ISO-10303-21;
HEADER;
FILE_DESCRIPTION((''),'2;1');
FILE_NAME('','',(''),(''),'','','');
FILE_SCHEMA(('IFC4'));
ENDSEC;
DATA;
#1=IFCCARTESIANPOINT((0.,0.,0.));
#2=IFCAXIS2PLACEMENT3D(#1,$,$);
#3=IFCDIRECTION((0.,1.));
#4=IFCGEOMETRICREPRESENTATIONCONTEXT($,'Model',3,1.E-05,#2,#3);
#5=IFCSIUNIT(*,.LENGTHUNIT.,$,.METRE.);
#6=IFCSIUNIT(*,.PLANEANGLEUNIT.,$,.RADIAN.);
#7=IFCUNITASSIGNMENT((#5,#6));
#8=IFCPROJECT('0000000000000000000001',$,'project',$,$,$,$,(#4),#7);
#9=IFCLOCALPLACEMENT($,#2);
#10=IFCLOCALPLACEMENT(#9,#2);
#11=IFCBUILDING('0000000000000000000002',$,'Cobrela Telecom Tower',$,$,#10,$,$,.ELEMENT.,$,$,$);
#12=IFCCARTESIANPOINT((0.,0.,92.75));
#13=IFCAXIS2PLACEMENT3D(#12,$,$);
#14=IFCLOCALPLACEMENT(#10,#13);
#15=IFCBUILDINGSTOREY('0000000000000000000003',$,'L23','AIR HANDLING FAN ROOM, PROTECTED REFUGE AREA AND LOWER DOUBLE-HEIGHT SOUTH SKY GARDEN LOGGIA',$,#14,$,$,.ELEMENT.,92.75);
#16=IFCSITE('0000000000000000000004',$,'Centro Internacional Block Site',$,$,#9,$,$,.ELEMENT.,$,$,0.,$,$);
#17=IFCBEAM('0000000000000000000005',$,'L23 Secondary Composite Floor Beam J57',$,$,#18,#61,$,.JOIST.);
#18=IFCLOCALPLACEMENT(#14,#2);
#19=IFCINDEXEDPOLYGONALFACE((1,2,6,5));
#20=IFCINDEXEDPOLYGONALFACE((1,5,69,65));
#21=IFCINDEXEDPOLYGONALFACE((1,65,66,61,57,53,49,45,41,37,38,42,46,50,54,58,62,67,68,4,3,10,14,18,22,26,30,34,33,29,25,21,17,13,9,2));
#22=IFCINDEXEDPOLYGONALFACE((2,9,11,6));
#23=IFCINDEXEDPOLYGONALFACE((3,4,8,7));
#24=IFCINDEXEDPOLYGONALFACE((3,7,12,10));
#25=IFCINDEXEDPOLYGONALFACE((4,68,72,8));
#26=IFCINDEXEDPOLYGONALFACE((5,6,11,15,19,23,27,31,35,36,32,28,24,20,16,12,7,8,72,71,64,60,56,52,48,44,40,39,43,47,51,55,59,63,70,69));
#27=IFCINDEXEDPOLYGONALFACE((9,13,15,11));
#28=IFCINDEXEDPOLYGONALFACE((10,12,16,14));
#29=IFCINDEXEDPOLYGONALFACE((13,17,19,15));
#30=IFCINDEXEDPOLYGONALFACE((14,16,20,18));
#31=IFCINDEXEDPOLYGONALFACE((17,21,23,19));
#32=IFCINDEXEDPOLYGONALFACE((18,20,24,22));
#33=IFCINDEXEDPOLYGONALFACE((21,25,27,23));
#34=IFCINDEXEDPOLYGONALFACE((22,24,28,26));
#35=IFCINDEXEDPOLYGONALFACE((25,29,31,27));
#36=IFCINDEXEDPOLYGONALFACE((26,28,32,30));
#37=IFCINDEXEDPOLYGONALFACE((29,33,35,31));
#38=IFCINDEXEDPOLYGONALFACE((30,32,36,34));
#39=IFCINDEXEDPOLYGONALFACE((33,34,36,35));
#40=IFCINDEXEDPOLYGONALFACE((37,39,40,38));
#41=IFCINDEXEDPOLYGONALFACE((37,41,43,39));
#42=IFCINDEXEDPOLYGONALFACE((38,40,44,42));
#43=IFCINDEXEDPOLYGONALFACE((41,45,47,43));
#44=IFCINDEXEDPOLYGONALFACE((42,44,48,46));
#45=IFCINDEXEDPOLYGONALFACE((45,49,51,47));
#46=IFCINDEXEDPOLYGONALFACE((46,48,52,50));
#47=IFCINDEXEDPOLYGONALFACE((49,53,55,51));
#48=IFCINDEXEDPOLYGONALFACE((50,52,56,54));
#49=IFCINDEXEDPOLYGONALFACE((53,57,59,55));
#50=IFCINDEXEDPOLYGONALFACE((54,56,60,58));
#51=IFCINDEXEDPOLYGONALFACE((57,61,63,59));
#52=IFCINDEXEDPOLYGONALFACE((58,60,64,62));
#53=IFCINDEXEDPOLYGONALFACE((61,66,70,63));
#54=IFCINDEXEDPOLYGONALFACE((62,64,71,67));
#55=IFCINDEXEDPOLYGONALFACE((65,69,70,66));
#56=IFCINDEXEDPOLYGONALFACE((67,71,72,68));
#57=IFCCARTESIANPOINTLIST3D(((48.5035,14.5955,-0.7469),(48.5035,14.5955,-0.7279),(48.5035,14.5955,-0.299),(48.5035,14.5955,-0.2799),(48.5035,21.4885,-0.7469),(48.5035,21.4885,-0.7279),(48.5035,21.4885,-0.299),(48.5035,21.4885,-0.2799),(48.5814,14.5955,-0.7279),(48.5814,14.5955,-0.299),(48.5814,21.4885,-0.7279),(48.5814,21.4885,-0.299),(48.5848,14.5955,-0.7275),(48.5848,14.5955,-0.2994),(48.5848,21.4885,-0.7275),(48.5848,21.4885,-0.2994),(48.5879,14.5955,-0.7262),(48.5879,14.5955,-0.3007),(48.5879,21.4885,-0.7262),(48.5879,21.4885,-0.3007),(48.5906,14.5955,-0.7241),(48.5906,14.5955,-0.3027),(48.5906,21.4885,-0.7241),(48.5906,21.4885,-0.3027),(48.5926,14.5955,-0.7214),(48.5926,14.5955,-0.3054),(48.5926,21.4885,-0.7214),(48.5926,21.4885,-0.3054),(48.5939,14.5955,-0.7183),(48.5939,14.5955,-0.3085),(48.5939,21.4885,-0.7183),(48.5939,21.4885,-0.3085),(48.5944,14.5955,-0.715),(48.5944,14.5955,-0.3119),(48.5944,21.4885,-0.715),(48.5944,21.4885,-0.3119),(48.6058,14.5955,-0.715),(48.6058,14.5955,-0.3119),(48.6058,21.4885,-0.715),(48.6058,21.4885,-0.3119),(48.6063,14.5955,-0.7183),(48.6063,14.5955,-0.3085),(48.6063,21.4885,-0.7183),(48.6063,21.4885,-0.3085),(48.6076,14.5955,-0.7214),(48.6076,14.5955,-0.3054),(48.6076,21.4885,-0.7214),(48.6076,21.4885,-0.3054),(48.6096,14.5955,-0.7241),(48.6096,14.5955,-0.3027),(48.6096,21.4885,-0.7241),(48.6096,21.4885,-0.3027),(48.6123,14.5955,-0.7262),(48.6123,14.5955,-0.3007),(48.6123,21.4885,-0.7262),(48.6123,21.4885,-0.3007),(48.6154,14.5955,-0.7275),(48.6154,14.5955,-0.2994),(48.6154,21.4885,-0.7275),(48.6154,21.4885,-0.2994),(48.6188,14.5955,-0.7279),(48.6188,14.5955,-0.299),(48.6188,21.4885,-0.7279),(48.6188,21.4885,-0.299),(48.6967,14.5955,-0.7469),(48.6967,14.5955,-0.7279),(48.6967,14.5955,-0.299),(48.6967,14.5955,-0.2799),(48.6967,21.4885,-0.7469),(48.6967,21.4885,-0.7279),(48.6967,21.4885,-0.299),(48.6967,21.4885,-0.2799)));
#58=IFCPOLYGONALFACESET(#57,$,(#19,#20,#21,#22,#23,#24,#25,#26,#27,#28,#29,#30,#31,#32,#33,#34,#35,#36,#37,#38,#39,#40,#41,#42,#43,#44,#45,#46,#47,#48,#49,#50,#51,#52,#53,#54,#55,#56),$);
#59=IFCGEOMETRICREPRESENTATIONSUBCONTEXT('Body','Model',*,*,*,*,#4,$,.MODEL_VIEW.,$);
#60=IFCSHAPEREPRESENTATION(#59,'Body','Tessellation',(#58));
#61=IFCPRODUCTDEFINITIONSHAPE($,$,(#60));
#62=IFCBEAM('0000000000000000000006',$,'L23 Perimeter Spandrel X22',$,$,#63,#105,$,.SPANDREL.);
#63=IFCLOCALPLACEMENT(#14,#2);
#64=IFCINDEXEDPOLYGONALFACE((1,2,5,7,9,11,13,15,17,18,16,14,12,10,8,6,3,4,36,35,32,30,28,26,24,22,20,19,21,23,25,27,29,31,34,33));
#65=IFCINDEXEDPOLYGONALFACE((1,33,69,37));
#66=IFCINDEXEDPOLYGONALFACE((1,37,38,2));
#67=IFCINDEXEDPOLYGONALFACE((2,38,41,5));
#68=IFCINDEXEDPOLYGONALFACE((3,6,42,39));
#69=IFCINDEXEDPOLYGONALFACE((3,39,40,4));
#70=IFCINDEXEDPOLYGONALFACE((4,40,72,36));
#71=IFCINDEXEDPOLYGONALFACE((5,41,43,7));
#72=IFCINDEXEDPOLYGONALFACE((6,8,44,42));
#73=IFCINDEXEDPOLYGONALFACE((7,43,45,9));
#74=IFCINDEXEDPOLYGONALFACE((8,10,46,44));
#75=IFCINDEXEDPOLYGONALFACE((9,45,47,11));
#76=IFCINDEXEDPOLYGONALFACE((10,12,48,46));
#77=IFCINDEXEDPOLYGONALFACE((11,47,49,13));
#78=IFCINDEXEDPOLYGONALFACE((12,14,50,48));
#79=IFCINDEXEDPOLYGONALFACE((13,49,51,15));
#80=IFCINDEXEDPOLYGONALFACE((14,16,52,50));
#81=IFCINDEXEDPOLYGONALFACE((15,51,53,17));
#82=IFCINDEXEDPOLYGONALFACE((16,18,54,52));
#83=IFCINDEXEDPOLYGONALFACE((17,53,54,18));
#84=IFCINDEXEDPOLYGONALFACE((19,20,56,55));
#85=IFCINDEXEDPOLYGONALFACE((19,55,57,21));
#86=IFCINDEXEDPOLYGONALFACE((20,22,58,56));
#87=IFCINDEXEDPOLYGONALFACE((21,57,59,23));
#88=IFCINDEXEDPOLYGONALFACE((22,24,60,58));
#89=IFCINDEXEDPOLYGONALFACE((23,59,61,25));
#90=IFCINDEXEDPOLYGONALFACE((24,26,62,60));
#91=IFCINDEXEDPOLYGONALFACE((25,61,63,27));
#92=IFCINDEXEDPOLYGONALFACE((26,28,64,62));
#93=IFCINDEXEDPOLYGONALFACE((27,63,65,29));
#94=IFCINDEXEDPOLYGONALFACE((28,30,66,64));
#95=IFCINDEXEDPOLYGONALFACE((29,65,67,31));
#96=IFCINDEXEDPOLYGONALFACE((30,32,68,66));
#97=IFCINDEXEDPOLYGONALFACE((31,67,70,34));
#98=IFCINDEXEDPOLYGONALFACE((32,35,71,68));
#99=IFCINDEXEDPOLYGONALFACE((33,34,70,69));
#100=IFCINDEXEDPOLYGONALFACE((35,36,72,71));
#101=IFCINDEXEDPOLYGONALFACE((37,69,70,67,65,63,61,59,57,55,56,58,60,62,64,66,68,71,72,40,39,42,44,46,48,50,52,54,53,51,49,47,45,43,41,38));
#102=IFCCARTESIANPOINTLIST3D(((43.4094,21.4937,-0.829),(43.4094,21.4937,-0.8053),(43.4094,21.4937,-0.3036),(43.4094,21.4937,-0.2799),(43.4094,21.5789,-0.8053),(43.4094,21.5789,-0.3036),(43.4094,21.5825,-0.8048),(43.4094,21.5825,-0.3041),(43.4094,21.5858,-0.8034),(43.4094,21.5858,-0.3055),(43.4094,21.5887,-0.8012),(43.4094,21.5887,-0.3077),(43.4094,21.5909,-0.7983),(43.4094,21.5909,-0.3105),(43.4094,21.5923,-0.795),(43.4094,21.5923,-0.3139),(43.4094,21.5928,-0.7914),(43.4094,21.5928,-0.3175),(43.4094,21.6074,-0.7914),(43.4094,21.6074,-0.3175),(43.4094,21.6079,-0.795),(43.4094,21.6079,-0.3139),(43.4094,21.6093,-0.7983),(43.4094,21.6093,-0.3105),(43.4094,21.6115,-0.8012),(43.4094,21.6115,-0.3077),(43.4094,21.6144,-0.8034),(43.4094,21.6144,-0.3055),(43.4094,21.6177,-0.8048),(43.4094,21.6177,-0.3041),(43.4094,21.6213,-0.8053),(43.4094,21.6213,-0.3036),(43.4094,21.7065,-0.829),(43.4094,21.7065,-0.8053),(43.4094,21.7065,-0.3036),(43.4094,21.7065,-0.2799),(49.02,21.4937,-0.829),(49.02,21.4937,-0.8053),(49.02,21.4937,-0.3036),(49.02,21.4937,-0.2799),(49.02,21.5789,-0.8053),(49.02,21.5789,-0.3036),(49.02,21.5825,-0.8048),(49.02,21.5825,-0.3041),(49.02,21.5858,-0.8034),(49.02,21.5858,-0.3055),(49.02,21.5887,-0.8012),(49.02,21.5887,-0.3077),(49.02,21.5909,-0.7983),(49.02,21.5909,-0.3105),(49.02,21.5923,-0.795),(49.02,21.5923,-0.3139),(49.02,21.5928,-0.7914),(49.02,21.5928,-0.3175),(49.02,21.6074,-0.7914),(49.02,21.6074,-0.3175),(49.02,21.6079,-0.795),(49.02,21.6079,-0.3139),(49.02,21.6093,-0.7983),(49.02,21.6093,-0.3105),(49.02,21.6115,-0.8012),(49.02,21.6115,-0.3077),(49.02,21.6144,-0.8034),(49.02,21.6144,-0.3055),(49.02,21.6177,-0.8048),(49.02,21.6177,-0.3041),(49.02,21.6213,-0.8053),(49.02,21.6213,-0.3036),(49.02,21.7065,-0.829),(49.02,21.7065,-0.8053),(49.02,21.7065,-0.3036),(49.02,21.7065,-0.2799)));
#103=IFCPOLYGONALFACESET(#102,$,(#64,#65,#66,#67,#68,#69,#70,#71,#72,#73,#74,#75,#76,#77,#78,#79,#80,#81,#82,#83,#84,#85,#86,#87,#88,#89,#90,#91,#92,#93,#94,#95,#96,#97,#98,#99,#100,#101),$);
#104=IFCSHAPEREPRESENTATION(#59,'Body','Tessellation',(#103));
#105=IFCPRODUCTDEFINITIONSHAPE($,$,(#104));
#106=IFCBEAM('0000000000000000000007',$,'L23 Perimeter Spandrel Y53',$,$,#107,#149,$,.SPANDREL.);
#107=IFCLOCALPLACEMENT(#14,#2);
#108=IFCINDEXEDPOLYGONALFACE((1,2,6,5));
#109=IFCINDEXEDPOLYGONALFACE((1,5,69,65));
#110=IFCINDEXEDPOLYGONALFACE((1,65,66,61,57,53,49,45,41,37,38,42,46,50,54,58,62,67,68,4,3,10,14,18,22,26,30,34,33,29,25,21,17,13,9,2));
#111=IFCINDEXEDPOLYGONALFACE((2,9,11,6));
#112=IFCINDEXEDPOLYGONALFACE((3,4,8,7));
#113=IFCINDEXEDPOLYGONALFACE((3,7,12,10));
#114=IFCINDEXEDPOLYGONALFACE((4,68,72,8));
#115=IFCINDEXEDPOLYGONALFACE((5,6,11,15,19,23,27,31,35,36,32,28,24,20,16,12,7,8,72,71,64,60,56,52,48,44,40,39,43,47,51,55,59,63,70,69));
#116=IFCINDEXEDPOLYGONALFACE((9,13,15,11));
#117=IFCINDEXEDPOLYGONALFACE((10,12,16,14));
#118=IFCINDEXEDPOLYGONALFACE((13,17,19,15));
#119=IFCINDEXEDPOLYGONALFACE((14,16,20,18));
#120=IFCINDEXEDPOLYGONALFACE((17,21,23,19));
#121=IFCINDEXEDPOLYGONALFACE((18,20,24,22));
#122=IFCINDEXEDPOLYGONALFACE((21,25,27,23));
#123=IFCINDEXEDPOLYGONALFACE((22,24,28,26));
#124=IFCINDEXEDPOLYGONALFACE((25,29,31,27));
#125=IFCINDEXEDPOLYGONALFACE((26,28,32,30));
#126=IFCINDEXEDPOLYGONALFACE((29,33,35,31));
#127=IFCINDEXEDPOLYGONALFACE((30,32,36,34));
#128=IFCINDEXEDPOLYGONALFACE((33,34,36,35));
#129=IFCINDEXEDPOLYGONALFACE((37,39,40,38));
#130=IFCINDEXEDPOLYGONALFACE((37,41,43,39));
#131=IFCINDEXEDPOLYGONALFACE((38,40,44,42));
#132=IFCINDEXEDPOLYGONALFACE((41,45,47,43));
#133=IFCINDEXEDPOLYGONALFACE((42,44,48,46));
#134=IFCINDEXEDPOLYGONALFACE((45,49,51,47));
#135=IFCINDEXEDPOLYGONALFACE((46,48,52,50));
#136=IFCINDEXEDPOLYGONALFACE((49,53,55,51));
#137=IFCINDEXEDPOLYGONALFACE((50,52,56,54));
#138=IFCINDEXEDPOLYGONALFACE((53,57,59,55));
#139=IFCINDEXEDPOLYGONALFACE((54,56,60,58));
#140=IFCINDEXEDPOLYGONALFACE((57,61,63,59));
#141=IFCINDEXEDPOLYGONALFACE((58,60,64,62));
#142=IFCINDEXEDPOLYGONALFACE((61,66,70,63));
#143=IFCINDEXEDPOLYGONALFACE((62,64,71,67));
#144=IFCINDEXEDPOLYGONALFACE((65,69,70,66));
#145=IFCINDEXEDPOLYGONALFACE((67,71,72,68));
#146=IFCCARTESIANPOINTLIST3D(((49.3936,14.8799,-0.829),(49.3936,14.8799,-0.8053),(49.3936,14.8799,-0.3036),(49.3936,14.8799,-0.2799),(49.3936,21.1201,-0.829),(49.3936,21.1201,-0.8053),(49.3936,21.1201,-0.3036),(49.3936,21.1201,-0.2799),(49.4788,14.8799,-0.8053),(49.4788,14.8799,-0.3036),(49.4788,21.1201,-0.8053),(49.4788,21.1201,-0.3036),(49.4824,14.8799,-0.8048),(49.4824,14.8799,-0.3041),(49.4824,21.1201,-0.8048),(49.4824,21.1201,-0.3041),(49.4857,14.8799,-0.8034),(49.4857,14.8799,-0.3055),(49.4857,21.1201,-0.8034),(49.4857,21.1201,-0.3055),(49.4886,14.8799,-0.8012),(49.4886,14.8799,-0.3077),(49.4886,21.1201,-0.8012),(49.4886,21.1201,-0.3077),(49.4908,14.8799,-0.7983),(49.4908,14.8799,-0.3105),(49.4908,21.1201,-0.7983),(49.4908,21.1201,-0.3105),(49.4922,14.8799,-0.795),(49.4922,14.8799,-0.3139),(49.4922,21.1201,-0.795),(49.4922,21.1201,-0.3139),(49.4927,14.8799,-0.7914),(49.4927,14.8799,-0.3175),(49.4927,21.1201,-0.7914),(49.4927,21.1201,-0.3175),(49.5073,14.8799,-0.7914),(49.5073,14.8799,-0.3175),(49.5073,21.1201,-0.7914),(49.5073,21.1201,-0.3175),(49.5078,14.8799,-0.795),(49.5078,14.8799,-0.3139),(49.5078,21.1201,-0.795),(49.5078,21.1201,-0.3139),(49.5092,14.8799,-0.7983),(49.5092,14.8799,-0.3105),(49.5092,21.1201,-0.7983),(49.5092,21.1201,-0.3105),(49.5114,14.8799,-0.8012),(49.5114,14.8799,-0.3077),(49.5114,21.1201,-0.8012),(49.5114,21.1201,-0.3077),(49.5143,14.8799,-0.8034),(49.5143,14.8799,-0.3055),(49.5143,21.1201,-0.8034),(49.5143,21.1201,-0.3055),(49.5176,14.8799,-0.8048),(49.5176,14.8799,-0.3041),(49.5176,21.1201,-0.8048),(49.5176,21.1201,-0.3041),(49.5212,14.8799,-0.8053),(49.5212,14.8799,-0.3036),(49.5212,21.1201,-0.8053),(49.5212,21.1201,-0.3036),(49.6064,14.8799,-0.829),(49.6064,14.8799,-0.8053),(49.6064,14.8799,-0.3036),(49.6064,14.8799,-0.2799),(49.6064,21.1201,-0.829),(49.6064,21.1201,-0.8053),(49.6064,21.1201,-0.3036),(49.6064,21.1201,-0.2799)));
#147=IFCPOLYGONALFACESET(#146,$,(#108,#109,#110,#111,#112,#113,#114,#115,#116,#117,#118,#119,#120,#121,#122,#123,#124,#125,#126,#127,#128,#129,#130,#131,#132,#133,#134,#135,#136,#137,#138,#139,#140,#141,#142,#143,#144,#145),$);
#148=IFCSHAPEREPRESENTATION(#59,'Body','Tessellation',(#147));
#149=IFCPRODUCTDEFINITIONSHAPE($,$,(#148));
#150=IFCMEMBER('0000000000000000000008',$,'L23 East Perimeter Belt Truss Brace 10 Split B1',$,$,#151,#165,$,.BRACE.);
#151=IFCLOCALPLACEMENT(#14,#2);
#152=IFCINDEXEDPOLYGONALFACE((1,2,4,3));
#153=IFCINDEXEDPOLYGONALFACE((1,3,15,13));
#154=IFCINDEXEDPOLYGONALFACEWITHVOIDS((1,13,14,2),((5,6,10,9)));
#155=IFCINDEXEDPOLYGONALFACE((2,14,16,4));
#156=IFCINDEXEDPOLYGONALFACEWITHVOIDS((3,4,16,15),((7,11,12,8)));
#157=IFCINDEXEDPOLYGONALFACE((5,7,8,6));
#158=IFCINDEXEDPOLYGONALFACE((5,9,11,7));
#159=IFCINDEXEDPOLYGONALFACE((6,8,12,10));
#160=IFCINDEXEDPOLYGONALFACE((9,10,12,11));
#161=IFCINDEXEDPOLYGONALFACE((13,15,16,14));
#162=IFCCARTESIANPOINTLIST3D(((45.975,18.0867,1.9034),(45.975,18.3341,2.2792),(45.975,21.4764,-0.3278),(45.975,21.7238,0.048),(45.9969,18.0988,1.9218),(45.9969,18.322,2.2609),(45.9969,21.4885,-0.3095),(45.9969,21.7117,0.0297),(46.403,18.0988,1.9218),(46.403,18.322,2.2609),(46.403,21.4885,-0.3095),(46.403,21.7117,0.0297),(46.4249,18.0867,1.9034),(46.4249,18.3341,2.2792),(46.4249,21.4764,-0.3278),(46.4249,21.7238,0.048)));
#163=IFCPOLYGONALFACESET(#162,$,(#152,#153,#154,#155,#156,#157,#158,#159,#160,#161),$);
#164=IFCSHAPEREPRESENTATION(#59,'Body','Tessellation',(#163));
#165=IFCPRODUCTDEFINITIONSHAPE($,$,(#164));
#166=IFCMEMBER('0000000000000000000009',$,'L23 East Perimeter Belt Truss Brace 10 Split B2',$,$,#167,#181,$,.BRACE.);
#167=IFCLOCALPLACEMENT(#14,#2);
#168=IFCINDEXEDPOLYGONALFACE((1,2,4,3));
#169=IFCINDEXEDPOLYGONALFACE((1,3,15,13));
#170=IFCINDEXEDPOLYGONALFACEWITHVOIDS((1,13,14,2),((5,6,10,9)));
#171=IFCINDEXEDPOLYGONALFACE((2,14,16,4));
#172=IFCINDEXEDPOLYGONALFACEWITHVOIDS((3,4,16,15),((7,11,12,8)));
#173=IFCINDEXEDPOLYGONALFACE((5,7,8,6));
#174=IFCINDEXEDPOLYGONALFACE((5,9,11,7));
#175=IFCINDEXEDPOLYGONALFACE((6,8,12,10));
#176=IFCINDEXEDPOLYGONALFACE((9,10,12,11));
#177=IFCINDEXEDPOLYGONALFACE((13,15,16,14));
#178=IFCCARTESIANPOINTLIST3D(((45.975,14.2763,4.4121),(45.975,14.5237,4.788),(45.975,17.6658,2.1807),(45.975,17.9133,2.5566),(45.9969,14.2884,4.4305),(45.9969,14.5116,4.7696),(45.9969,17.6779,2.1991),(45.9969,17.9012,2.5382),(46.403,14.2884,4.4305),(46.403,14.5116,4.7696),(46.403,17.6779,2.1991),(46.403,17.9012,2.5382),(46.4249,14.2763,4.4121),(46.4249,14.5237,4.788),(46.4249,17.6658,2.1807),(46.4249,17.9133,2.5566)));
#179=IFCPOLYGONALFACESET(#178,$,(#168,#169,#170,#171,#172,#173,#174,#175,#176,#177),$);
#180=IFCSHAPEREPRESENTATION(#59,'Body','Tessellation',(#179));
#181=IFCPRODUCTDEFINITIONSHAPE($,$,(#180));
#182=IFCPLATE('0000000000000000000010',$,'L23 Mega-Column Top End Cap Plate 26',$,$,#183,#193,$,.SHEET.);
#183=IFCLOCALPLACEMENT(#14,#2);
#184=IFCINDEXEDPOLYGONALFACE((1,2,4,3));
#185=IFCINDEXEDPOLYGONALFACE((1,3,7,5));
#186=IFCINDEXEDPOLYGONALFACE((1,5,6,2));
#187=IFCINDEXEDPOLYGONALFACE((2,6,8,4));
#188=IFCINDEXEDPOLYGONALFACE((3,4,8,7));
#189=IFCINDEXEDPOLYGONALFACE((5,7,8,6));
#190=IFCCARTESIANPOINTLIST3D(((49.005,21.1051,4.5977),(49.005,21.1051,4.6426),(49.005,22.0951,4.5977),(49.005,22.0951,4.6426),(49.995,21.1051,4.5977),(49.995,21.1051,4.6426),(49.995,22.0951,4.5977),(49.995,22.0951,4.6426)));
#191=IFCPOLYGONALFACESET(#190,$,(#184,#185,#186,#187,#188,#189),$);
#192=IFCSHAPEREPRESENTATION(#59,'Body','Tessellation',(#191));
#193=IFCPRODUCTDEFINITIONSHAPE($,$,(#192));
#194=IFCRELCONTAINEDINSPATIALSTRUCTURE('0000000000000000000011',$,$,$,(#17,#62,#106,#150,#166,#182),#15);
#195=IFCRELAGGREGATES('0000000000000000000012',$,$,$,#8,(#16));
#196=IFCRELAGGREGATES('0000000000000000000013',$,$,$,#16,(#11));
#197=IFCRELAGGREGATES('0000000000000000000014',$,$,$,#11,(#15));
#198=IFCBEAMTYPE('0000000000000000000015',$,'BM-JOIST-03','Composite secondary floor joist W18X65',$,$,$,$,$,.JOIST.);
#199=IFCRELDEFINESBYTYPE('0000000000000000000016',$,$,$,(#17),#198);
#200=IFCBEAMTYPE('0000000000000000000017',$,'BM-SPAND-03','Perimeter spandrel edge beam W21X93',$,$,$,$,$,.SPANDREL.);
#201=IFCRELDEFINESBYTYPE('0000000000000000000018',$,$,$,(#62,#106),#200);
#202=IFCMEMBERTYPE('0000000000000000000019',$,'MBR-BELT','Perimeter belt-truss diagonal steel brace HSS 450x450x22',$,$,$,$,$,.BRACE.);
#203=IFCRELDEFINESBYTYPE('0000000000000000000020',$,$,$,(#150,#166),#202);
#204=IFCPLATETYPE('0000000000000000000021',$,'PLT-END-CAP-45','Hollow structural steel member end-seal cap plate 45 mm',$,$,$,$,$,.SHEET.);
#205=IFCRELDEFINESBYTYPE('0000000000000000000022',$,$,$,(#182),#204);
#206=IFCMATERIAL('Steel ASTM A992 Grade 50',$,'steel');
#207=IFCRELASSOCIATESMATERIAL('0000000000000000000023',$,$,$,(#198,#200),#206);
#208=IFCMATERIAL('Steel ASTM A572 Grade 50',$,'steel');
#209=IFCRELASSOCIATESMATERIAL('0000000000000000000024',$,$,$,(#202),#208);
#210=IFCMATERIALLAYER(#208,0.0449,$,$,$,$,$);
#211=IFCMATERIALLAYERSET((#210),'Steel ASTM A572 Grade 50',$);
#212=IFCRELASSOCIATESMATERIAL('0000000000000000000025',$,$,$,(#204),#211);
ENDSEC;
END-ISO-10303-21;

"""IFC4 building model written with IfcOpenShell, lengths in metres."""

from ifc_helpers import new_model, si_unit, direction, frame, origin, origin_2d, place, context, subcontext, project, spatial, rectangle, hollow_rectangle, i_section, extrude, material, layer, layer_set, material_profile, profile_set, type_object, element, save


model = new_model("IFC4")

# Units and contexts
model_context = context("Model", 3, precision=1e-05, world=origin(), true_north=direction((0.0, 1.0)))
body_context = subcontext(model_context, "Body", "Model", "MODEL_VIEW")
ifc_project = project(units=[si_unit("LENGTHUNIT", "METRE"), si_unit("PLANEANGLEUNIT", "RADIAN")], contexts=[model_context])

# Site, building, storey
site_placement = place(None, origin())
site = spatial("IfcSite", under=ifc_project, at=site_placement, Name="Centro Internacional Block Site", CompositionType="ELEMENT", RefElevation=0.0)
building_placement = place(site_placement, origin())
building = spatial("IfcBuilding", under=site, at=building_placement, Name="Cobrela Telecom Tower", CompositionType="ELEMENT")
storey_placement = place(building_placement, frame((0.0, 0.0, 92.75)))
storey = spatial("IfcBuildingStorey", under=building, at=storey_placement, Name="L23", Description="AIR HANDLING FAN ROOM, PROTECTED REFUGE AREA AND LOWER DOUBLE-HEIGHT SOUTH SKY GARDEN LOGGIA", CompositionType="ELEMENT", Elevation=92.75)

# Shared definitions
ifc_material_1 = material(Name="Steel ASTM A992 Grade 50", Category="steel")
ifc_material_2 = material(Name="Steel ASTM A572 Grade 50", Category="steel")

# Beams
ifc_material_profile_1 = material_profile(ifc_material_1, i_section(OverallWidth=0.1931, OverallDepth=0.467, WebThickness=0.0115, FlangeThickness=0.019, FilletRadius=0.0129, at=origin_2d()), Name="W18X65")
ifc_profile_set_1 = profile_set([ifc_material_profile_1], Name="Steel ASTM A992 Grade 50")
beam_type_1 = type_object("IfcBeamType", Name="BM-JOIST-03", Description="Composite secondary floor joist W18X65", PredefinedType="JOIST", material=ifc_profile_set_1)
for number, where, z_axis, x_axis, name in (
    (1, (48.6001, 14.5955, -0.5134), (0.0, 1.0, 0.0), (-1.0, 0.0, 0.0), "L23 Secondary Composite Floor Beam J57"),
):
    element("IfcBeam", number, at=place(storey_placement, frame(where, z_axis=z_axis, x_axis=x_axis)), inside=storey, type_object=beam_type_1, Name=name, PredefinedType="JOIST", context=body_context, shape_type="SweptSolid", body=[
        extrude(i_section(OverallWidth=0.1931, OverallDepth=0.467, WebThickness=0.0115, FlangeThickness=0.019, FilletRadius=0.0129, at=origin_2d()), origin(), (0.0, 0.0, 1.0), 6.8931),
    ])
ifc_material_profile_2 = material_profile(ifc_material_1, i_section(OverallWidth=0.2129, OverallDepth=0.5491, WebThickness=0.0146, FlangeThickness=0.0237, FilletRadius=0.0139, at=origin_2d()), Name="W21X93")
ifc_profile_set_2 = profile_set([ifc_material_profile_2], Name="Steel ASTM A992 Grade 50")
beam_type_2 = type_object("IfcBeamType", Name="BM-SPAND-03", Description="Perimeter spandrel edge beam W21X93", PredefinedType="SPANDREL", material=ifc_profile_set_2)
beam_1_placement = place(storey_placement, frame((43.4094, 21.6001, -0.5544), z_axis=(1.0, 0.0, 0.0), x_axis=(0.0, 1.0, 0.0)))
element("IfcBeam", 2, at=beam_1_placement, inside=storey, type_object=beam_type_2, Name="L23 Perimeter Spandrel X22", PredefinedType="SPANDREL", context=body_context, shape_type="SweptSolid", body=[
    extrude(i_section(OverallWidth=0.2129, OverallDepth=0.5491, WebThickness=0.0146, FlangeThickness=0.0237, FilletRadius=0.0139, at=origin_2d()), origin(), (0.0, 0.0, 1.0), 5.6106),
])
beam_2_placement = place(storey_placement, frame((49.5, 14.8799, -0.5544), z_axis=(0.0, 1.0, 0.0), x_axis=(-1.0, 0.0, 0.0)))
element("IfcBeam", 3, at=beam_2_placement, inside=storey, type_object=beam_type_2, Name="L23 Perimeter Spandrel Y53", PredefinedType="SPANDREL", context=body_context, shape_type="SweptSolid", body=[
    extrude(i_section(OverallWidth=0.2129, OverallDepth=0.5491, WebThickness=0.0146, FlangeThickness=0.0237, FilletRadius=0.0139, at=origin_2d()), origin(), (0.0, 0.0, 1.0), 6.2402),
])

# Members
ifc_material_profile_3 = material_profile(ifc_material_2, hollow_rectangle(XDim=0.45, YDim=0.45, WallThickness=0.022, at=origin_2d()), Name="HSS 450x450x22")
ifc_profile_set_3 = profile_set([ifc_material_profile_3], Name="Steel ASTM A572 Grade 50")
member_type = type_object("IfcMemberType", Name="MBR-BELT", Description="Perimeter belt-truss diagonal steel brace HSS 450x450x22", PredefinedType="BRACE", material=ifc_profile_set_3)
for number, where, z_axis, x_axis, name in (
    (4, (46.2, 21.6001, -0.1399), (0.0, -0.835285, 0.549818), (1.0, 0.0, 0.0), "L23 East Perimeter Belt Truss Brace 10 Split B1"),
    (5, (46.2, 17.7896, 2.3687), (0.0, -0.835257, 0.54986), (1.0, 0.0, 0.0), "L23 East Perimeter Belt Truss Brace 10 Split B2"),
):
    element("IfcMember", number, at=place(storey_placement, frame(where, z_axis=z_axis, x_axis=x_axis)), inside=storey, type_object=member_type, Name=name, PredefinedType="BRACE", context=body_context, shape_type="SweptSolid", body=[
        extrude(hollow_rectangle(XDim=0.45, YDim=0.45, WallThickness=0.022, at=origin_2d()), origin(), (0.0, 0.0, 1.0), 4.0581),
    ])

# Plate
ifc_layer_1 = layer(ifc_material_2, 0.0449)
ifc_layer_set_1 = layer_set([ifc_layer_1], Name="Steel ASTM A572 Grade 50")
plate_type_1 = type_object("IfcPlateType", Name="PLT-END-CAP-45", Description="Hollow structural steel member end-seal cap plate 45 mm", PredefinedType="SHEET", material=ifc_layer_set_1)
plate_1_placement = place(storey_placement, frame((49.5, 21.6001, 4.5977), z_axis=(0.0, 0.0, 1.0), x_axis=(1.0, 0.0, 0.0)))
element("IfcPlate", 6, at=plate_1_placement, inside=storey, type_object=plate_type_1, Name="L23 Mega-Column Top End Cap Plate 26", PredefinedType="SHEET", context=body_context, shape_type="SweptSolid", body=[
    extrude(rectangle(XDim=0.99, YDim=0.99, at=origin_2d()), origin(), (0.0, 0.0, 1.0), 0.0449),
])

save(model, "model.ifc")
